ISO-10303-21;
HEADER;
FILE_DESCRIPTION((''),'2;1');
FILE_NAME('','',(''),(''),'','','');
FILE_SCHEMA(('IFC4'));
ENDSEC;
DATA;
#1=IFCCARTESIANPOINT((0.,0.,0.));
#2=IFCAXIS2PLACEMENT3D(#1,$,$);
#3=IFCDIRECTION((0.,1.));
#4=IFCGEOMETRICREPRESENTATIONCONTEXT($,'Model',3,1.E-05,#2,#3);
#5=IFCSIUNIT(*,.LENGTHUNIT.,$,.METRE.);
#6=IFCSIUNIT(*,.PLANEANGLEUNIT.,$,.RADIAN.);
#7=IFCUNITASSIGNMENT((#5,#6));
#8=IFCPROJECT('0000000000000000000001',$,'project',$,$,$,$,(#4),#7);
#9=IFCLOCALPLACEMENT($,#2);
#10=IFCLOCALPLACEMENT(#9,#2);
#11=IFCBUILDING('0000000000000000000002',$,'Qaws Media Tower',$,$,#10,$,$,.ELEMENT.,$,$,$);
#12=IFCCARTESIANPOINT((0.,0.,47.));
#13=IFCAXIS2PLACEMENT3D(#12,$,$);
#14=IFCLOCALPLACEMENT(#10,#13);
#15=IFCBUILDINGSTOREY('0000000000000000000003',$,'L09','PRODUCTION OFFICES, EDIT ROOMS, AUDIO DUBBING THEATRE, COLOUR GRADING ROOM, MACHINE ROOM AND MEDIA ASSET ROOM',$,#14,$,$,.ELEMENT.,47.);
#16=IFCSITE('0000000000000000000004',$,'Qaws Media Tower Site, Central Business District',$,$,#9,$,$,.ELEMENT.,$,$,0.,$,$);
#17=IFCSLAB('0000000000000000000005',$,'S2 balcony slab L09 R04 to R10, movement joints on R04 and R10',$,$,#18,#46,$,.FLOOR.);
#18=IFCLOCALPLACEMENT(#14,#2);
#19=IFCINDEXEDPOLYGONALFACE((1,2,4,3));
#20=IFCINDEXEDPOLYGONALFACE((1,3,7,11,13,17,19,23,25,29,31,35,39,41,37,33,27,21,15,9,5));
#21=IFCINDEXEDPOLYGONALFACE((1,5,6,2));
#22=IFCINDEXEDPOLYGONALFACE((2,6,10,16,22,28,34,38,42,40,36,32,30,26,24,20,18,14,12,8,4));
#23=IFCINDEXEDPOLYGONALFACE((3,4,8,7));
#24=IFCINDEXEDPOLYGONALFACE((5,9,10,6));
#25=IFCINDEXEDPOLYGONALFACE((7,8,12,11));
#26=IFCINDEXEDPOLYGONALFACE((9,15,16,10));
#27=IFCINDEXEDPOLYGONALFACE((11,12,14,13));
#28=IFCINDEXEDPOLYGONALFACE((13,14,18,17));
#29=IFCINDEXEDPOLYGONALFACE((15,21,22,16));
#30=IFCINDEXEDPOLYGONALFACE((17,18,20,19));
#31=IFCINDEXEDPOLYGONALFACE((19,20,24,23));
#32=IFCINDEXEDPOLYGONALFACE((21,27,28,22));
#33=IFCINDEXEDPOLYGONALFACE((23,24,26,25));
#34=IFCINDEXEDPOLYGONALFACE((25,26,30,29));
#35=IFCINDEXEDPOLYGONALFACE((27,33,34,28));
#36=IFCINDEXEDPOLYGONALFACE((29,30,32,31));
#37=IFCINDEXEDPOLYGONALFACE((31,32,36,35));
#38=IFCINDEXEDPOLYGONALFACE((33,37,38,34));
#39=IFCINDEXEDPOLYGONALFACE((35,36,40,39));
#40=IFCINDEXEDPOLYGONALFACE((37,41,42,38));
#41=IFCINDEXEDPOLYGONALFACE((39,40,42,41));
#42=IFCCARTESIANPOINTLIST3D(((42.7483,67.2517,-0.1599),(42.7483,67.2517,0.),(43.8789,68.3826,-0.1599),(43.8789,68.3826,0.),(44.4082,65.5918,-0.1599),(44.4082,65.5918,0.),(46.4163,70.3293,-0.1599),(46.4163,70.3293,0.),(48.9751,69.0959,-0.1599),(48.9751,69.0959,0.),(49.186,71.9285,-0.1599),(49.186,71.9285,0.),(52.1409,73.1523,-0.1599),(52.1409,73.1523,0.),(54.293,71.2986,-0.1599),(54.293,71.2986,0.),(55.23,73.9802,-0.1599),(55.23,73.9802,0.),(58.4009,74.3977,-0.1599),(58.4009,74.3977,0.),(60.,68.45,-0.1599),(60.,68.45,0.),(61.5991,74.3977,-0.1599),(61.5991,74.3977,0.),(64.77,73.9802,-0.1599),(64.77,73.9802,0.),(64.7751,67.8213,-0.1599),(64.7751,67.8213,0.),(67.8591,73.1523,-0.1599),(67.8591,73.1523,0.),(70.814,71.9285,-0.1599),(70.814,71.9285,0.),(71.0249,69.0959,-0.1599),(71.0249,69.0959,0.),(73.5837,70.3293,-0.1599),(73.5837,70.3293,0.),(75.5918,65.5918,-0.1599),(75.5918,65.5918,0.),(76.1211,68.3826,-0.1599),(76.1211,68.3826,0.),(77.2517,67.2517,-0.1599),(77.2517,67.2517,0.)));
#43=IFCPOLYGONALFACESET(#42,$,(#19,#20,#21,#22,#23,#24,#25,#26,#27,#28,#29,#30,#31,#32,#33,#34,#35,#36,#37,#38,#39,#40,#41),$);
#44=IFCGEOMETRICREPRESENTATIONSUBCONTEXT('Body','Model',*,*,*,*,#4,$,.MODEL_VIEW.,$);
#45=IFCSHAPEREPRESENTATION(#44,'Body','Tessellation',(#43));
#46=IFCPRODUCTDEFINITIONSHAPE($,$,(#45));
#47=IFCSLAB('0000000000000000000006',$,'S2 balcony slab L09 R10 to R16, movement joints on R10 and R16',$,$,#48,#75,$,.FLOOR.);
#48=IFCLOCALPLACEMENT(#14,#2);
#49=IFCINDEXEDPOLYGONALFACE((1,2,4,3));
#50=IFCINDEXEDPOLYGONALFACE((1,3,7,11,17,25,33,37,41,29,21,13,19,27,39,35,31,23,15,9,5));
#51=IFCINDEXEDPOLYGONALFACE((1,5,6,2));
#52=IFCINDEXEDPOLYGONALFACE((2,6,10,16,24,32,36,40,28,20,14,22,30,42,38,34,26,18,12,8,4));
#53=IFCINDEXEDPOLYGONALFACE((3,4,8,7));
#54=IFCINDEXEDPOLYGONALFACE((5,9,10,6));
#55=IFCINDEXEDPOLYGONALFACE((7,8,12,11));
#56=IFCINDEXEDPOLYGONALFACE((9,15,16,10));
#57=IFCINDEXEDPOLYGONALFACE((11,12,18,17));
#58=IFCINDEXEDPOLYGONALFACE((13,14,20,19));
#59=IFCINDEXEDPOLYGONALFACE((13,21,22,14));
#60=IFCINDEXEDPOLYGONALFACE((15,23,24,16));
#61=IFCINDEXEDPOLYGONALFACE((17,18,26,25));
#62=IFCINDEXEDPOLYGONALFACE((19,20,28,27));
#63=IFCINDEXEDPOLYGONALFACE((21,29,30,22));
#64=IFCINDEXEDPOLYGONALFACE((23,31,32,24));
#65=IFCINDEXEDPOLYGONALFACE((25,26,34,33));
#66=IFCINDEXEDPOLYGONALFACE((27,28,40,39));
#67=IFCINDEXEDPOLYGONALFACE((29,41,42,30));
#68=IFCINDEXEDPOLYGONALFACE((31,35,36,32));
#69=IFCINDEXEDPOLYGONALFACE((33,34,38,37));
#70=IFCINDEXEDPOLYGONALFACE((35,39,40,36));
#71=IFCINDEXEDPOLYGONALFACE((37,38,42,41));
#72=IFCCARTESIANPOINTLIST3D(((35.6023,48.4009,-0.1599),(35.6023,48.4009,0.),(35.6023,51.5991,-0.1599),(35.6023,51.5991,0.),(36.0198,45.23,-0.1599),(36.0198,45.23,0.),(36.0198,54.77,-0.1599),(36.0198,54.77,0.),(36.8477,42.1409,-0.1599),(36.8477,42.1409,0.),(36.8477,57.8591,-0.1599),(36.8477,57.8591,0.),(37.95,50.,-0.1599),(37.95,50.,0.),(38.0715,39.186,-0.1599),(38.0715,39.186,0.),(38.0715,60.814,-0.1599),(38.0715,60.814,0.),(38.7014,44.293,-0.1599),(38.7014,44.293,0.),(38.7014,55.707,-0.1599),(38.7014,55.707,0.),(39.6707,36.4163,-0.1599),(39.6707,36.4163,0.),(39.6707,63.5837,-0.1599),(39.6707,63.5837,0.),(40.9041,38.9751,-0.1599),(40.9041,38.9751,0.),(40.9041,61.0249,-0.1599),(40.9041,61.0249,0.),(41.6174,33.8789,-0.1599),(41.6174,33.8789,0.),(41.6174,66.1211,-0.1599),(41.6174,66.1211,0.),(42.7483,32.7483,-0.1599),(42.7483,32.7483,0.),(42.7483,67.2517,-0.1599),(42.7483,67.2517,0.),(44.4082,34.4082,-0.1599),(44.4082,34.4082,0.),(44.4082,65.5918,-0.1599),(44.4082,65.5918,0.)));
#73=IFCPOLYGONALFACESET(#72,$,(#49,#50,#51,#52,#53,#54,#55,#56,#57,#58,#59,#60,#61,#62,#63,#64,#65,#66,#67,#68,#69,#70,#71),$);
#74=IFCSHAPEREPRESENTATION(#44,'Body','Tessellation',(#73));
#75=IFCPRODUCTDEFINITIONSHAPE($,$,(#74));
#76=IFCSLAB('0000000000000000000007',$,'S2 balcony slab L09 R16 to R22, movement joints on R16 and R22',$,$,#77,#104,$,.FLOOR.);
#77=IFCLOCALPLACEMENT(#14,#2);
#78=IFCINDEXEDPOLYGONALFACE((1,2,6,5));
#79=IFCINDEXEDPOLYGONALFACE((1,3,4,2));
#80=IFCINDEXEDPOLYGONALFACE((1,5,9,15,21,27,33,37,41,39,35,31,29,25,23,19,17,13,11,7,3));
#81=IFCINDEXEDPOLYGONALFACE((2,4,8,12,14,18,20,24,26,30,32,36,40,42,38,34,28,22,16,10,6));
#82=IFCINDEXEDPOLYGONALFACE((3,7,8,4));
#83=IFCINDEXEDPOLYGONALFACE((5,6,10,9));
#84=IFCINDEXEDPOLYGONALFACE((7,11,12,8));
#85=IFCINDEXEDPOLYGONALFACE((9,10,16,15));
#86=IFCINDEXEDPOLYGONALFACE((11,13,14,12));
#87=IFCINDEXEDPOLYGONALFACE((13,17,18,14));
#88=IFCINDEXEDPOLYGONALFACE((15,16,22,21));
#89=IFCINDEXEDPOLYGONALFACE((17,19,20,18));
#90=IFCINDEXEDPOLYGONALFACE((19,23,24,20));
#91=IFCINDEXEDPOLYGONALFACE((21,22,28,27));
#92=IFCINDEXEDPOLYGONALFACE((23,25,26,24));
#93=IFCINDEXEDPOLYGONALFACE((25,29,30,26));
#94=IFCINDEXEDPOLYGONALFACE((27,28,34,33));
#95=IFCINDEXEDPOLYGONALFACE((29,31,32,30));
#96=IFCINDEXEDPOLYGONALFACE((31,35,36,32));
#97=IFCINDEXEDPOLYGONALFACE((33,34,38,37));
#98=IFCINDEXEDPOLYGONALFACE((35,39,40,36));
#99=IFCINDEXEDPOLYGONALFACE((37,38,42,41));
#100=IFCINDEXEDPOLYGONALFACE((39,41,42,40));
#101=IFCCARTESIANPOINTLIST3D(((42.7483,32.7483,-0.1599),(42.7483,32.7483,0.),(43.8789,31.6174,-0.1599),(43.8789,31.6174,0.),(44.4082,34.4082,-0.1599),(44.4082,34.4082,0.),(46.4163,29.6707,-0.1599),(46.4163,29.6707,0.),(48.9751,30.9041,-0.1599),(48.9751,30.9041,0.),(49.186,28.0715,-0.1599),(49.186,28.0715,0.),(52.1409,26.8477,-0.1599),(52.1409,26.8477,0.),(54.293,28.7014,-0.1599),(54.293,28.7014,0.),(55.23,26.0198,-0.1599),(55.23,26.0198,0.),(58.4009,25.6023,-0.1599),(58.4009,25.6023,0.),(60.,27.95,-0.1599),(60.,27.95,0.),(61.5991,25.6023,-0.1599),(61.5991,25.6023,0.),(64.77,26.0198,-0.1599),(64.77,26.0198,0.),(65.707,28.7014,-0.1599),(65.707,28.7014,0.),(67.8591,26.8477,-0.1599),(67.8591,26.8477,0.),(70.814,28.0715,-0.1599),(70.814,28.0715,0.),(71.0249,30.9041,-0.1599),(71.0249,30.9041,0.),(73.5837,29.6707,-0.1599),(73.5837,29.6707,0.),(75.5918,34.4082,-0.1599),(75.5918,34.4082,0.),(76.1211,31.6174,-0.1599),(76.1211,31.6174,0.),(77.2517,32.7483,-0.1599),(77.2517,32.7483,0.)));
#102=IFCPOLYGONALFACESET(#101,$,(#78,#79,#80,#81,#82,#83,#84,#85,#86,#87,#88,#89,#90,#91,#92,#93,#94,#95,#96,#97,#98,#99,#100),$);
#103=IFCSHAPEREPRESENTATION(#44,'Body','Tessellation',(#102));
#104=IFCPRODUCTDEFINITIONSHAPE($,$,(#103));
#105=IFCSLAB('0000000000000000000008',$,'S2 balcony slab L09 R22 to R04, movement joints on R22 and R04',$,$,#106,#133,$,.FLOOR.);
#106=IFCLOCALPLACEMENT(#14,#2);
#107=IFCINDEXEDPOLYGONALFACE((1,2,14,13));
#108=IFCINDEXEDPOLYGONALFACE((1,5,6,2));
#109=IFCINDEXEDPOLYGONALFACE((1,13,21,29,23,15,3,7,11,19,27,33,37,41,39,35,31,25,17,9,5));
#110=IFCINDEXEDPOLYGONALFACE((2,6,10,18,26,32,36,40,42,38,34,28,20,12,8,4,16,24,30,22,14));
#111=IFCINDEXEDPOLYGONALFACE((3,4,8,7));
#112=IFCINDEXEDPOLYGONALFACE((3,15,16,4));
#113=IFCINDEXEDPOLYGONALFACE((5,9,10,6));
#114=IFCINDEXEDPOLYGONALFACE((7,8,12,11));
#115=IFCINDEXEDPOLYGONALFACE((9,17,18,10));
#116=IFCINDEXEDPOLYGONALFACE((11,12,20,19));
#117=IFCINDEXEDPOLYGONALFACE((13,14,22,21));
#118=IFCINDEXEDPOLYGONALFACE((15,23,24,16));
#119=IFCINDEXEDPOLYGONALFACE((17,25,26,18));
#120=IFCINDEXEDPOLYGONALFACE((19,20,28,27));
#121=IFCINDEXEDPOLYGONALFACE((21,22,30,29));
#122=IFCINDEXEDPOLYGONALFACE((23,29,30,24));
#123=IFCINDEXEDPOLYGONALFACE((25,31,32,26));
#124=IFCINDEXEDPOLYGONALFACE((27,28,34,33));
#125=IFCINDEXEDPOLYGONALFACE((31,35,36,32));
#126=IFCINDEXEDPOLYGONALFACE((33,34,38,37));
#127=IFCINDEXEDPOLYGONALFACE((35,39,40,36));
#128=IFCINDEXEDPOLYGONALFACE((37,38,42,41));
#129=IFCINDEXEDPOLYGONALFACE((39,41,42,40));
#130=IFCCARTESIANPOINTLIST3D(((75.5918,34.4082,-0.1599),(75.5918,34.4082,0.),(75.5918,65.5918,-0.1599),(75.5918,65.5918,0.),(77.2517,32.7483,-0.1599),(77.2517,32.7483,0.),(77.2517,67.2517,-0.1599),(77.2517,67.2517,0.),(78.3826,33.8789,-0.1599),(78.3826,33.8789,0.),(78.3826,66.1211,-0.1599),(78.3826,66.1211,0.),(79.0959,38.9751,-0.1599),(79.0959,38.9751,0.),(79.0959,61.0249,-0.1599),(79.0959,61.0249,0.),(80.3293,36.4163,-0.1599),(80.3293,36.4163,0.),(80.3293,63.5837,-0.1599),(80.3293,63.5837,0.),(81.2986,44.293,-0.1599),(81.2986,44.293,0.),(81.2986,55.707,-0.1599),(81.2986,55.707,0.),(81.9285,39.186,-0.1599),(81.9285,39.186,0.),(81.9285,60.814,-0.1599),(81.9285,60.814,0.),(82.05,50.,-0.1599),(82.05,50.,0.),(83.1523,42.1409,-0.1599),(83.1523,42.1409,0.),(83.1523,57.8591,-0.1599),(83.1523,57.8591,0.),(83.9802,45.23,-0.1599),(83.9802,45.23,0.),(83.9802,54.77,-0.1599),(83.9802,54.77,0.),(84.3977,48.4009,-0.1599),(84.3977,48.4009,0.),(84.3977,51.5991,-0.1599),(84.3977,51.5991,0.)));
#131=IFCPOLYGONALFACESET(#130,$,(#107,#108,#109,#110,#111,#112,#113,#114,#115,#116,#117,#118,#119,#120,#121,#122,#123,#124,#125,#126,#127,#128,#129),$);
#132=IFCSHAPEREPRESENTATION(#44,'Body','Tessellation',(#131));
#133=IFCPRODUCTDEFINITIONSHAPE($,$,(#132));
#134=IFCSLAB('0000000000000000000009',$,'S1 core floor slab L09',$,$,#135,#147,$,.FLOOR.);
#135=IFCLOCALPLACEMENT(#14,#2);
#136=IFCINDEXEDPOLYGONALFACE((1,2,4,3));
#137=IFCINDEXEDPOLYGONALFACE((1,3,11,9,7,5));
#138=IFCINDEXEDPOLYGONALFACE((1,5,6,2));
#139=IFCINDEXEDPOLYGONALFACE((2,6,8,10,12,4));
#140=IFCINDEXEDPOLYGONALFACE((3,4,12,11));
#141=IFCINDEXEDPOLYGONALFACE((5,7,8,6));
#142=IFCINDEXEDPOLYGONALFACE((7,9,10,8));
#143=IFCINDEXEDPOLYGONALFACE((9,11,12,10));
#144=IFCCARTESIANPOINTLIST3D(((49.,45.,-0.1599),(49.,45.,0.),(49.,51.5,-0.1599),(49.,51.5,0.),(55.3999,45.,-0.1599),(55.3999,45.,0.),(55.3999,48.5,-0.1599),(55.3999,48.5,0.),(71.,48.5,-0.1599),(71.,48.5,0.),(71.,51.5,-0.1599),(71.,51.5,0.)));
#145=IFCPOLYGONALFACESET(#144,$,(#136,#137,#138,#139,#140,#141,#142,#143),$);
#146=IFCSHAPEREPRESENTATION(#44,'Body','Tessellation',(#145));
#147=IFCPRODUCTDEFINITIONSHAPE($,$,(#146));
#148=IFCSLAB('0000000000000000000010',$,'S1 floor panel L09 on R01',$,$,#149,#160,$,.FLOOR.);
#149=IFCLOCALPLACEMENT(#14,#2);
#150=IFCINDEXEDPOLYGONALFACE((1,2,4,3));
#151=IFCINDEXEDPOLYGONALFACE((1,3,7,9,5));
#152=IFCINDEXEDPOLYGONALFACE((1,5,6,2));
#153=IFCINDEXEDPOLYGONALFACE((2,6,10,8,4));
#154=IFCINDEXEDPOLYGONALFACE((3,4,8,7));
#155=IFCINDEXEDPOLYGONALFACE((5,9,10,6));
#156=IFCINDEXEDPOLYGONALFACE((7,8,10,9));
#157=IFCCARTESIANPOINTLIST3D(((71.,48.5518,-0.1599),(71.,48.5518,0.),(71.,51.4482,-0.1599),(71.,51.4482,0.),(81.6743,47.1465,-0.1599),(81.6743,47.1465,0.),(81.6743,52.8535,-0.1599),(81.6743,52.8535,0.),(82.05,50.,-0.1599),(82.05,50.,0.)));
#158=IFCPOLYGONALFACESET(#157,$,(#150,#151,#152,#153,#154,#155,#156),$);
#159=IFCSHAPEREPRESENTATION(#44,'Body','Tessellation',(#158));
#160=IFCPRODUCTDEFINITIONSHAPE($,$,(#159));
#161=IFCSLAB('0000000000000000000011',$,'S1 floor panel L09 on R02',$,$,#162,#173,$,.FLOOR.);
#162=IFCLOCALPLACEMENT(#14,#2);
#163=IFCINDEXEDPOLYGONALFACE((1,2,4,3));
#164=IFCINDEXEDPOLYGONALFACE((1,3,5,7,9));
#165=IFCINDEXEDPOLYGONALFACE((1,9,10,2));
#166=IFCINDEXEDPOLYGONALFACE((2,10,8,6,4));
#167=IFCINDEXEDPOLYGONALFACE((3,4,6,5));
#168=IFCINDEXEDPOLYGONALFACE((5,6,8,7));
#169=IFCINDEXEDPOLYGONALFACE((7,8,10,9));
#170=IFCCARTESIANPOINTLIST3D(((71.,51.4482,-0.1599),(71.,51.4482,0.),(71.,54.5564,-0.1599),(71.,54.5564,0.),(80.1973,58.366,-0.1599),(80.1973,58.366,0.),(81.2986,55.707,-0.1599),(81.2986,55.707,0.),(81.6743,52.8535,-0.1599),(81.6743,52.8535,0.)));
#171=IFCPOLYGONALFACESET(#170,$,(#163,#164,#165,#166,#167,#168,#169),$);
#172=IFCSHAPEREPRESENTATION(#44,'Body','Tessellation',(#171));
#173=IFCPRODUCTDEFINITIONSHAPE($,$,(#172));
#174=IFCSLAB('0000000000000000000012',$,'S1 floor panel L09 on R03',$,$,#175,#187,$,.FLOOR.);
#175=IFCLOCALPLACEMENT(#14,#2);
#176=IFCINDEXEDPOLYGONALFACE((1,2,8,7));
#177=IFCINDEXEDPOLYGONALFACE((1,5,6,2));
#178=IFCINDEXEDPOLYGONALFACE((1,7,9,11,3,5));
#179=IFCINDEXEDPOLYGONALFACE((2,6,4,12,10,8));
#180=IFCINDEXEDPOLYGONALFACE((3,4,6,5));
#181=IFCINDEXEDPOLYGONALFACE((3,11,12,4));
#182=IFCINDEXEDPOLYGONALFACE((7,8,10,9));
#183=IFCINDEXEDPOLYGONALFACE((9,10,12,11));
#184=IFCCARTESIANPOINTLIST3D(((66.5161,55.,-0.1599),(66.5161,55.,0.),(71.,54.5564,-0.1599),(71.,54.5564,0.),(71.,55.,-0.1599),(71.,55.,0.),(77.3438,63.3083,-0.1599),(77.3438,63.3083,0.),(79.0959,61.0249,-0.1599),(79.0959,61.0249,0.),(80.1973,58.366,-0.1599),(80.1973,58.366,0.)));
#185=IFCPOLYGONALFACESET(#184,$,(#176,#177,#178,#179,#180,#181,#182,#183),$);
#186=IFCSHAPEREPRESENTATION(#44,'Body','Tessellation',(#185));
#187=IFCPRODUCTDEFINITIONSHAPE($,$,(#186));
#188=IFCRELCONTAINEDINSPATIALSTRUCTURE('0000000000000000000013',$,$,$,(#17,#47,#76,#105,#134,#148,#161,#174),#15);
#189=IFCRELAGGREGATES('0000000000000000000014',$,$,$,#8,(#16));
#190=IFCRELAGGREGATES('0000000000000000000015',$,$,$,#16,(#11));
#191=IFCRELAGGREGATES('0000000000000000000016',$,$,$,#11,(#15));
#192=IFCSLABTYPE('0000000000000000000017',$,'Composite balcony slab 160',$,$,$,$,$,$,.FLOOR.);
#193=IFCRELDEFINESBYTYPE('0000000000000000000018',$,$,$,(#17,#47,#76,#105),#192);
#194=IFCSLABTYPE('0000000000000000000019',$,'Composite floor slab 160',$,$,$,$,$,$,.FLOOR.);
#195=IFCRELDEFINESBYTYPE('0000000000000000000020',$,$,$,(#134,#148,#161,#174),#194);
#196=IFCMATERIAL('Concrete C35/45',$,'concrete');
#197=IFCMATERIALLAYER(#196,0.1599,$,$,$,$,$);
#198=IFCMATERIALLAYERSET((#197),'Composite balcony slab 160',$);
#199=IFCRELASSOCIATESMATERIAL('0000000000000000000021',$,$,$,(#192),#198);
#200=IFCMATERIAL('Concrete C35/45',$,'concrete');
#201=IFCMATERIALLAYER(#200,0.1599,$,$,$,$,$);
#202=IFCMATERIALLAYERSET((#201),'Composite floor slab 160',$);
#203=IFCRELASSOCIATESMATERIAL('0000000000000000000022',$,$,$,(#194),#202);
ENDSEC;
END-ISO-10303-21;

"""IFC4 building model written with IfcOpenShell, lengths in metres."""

from ifc_helpers import new_model, si_unit, direction, frame, origin, place, context, subcontext, project, spatial, polyline, outline, extrude, material, layer, layer_set, type_object, element, save


model = new_model("IFC4")

# Units and contexts
model_context = context("Model", 3, precision=1e-05, world=origin(), true_north=direction((0.0, 1.0)))
body_context = subcontext(model_context, "Body", "Model", "MODEL_VIEW")
ifc_project = project(units=[si_unit("LENGTHUNIT", "METRE"), si_unit("PLANEANGLEUNIT", "RADIAN")], contexts=[model_context])

# Site, building, storey
site_placement = place(None, origin())
site = spatial("IfcSite", under=ifc_project, at=site_placement, Name="Qaws Media Tower Site, Central Business District", CompositionType="ELEMENT", RefElevation=0.0)
building_placement = place(site_placement, origin())
building = spatial("IfcBuilding", under=site, at=building_placement, Name="Qaws Media Tower", CompositionType="ELEMENT")
storey_placement = place(building_placement, frame((0.0, 0.0, 47.0)))
storey = spatial("IfcBuildingStorey", under=building, at=storey_placement, Name="L09", Description="PRODUCTION OFFICES, EDIT ROOMS, AUDIO DUBBING THEATRE, COLOUR GRADING ROOM, MACHINE ROOM AND MEDIA ASSET ROOM", CompositionType="ELEMENT", Elevation=47.0)

# Slabs
ifc_material_1 = material(Name="Concrete C35/45", Category="concrete")
ifc_layer_1 = layer(ifc_material_1, 0.1599)
ifc_layer_set_1 = layer_set([ifc_layer_1], Name="Composite balcony slab 160")
slab_type_1 = type_object("IfcSlabType", Name="Composite balcony slab 160", PredefinedType="FLOOR", material=ifc_layer_set_1)
slab_1_placement = place(storey_placement, frame((0.0, 0.0, -0.1599)))
element("IfcSlab", 1, at=slab_1_placement, inside=storey, type_object=slab_type_1, Name="S2 balcony slab L09 R04 to R10, movement joints on R04 and R10", PredefinedType="FLOOR", context=body_context, shape_type="SweptSolid", body=[
    extrude(outline(polyline([(43.8789, 68.3826), (46.4163, 70.3293), (49.186, 71.9285), (52.1409, 73.1523), (55.23, 73.9802), (58.4009, 74.3977), (61.5991, 74.3977), (64.77, 73.9802), (67.8591, 73.1523), (70.814, 71.9285), (73.5837, 70.3293), (76.1211, 68.3826), (77.2517, 67.2517), (75.5918, 65.5918), (71.0249, 69.0959), (64.7751, 67.8213), (60.0, 68.45), (54.293, 71.2986), (48.9751, 69.0959), (44.4082, 65.5918), (42.7483, 67.2517), (43.8789, 68.3826)])), origin(), (0.0, 0.0, 1.0), 0.1599),
])
slab_2_placement = place(storey_placement, frame((0.0, 0.0, -0.1599)))
element("IfcSlab", 2, at=slab_2_placement, inside=storey, type_object=slab_type_1, Name="S2 balcony slab L09 R10 to R16, movement joints on R10 and R16", PredefinedType="FLOOR", context=body_context, shape_type="SweptSolid", body=[
    extrude(outline(polyline([(41.6174, 33.8789), (39.6707, 36.4163), (38.0715, 39.186), (36.8477, 42.1409), (36.0198, 45.23), (35.6023, 48.4009), (35.6023, 51.5991), (36.0198, 54.77), (36.8477, 57.8591), (38.0715, 60.814), (39.6707, 63.5837), (41.6174, 66.1211), (42.7483, 67.2517), (44.4082, 65.5918), (40.9041, 61.0249), (38.7014, 55.707), (37.95, 50.0), (38.7014, 44.293), (40.9041, 38.9751), (44.4082, 34.4082), (42.7483, 32.7483), (41.6174, 33.8789)])), origin(), (0.0, 0.0, 1.0), 0.1599),
])
slab_3_placement = place(storey_placement, frame((0.0, 0.0, -0.1599)))
element("IfcSlab", 3, at=slab_3_placement, inside=storey, type_object=slab_type_1, Name="S2 balcony slab L09 R16 to R22, movement joints on R16 and R22", PredefinedType="FLOOR", context=body_context, shape_type="SweptSolid", body=[
    extrude(outline(polyline([(76.1211, 31.6174), (73.5837, 29.6707), (70.814, 28.0715), (67.8591, 26.8477), (64.77, 26.0198), (61.5991, 25.6023), (58.4009, 25.6023), (55.23, 26.0198), (52.1409, 26.8477), (49.186, 28.0715), (46.4163, 29.6707), (43.8789, 31.6174), (42.7483, 32.7483), (44.4082, 34.4082), (48.9751, 30.9041), (54.293, 28.7014), (60.0, 27.95), (65.707, 28.7014), (71.0249, 30.9041), (75.5918, 34.4082), (77.2517, 32.7483), (76.1211, 31.6174)])), origin(), (0.0, 0.0, 1.0), 0.1599),
])
slab_4_placement = place(storey_placement, frame((0.0, 0.0, -0.1599)))
element("IfcSlab", 4, at=slab_4_placement, inside=storey, type_object=slab_type_1, Name="S2 balcony slab L09 R22 to R04, movement joints on R22 and R04", PredefinedType="FLOOR", context=body_context, shape_type="SweptSolid", body=[
    extrude(outline(polyline([(83.9802, 45.23), (83.1523, 42.1409), (81.9285, 39.186), (80.3293, 36.4163), (78.3826, 33.8789), (77.2517, 32.7483), (75.5918, 34.4082), (79.0959, 38.9751), (81.2986, 44.293), (82.05, 50.0), (81.2986, 55.707), (79.0959, 61.0249), (75.5918, 65.5918), (77.2517, 67.2517), (78.3826, 66.1211), (80.3293, 63.5837), (81.9285, 60.814), (83.1523, 57.8591), (83.9802, 54.77), (84.3977, 51.5991), (84.3977, 48.4009), (83.9802, 45.23)])), origin(), (0.0, 0.0, 1.0), 0.1599),
])
ifc_material_2 = material(Name="Concrete C35/45", Category="concrete")
ifc_layer_2 = layer(ifc_material_2, 0.1599)
ifc_layer_set_2 = layer_set([ifc_layer_2], Name="Composite floor slab 160")
slab_type_2 = type_object("IfcSlabType", Name="Composite floor slab 160", PredefinedType="FLOOR", material=ifc_layer_set_2)
slab_5_placement = place(storey_placement, frame((0.0, 0.0, -0.1599)))
element("IfcSlab", 5, at=slab_5_placement, inside=storey, type_object=slab_type_2, Name="S1 core floor slab L09", PredefinedType="FLOOR", context=body_context, shape_type="SweptSolid", body=[
    extrude(outline(polyline([(71.0, 51.5), (71.0, 48.5), (55.3999, 48.5), (55.3999, 45.0), (49.0, 45.0), (49.0, 51.5), (71.0, 51.5)])), origin(), (0.0, 0.0, 1.0), 0.1599),
])
slab_6_placement = place(storey_placement, frame((0.0, 0.0, -0.1599)))
element("IfcSlab", 6, at=slab_6_placement, inside=storey, type_object=slab_type_2, Name="S1 floor panel L09 on R01", PredefinedType="FLOOR", context=body_context, shape_type="SweptSolid", body=[
    extrude(outline(polyline([(82.05, 50.0), (81.6743, 47.1465), (71.0, 48.5518), (71.0, 51.4482), (81.6743, 52.8535), (82.05, 50.0)])), origin(), (0.0, 0.0, 1.0), 0.1599),
])
slab_7_placement = place(storey_placement, frame((0.0, 0.0, -0.1599)))
element("IfcSlab", 7, at=slab_7_placement, inside=storey, type_object=slab_type_2, Name="S1 floor panel L09 on R02", PredefinedType="FLOOR", context=body_context, shape_type="SweptSolid", body=[
    extrude(outline(polyline([(81.2986, 55.707), (81.6743, 52.8535), (71.0, 51.4482), (71.0, 54.5564), (80.1973, 58.366), (81.2986, 55.707)])), origin(), (0.0, 0.0, 1.0), 0.1599),
])
slab_8_placement = place(storey_placement, frame((0.0, 0.0, -0.1599)))
element("IfcSlab", 8, at=slab_8_placement, inside=storey, type_object=slab_type_2, Name="S1 floor panel L09 on R03", PredefinedType="FLOOR", context=body_context, shape_type="SweptSolid", body=[
    extrude(outline(polyline([(79.0959, 61.0249), (80.1973, 58.366), (71.0, 54.5564), (71.0, 55.0), (66.5161, 55.0), (77.3438, 63.3083), (79.0959, 61.0249)])), origin(), (0.0, 0.0, 1.0), 0.1599),
])

save(model, "model.ifc")
